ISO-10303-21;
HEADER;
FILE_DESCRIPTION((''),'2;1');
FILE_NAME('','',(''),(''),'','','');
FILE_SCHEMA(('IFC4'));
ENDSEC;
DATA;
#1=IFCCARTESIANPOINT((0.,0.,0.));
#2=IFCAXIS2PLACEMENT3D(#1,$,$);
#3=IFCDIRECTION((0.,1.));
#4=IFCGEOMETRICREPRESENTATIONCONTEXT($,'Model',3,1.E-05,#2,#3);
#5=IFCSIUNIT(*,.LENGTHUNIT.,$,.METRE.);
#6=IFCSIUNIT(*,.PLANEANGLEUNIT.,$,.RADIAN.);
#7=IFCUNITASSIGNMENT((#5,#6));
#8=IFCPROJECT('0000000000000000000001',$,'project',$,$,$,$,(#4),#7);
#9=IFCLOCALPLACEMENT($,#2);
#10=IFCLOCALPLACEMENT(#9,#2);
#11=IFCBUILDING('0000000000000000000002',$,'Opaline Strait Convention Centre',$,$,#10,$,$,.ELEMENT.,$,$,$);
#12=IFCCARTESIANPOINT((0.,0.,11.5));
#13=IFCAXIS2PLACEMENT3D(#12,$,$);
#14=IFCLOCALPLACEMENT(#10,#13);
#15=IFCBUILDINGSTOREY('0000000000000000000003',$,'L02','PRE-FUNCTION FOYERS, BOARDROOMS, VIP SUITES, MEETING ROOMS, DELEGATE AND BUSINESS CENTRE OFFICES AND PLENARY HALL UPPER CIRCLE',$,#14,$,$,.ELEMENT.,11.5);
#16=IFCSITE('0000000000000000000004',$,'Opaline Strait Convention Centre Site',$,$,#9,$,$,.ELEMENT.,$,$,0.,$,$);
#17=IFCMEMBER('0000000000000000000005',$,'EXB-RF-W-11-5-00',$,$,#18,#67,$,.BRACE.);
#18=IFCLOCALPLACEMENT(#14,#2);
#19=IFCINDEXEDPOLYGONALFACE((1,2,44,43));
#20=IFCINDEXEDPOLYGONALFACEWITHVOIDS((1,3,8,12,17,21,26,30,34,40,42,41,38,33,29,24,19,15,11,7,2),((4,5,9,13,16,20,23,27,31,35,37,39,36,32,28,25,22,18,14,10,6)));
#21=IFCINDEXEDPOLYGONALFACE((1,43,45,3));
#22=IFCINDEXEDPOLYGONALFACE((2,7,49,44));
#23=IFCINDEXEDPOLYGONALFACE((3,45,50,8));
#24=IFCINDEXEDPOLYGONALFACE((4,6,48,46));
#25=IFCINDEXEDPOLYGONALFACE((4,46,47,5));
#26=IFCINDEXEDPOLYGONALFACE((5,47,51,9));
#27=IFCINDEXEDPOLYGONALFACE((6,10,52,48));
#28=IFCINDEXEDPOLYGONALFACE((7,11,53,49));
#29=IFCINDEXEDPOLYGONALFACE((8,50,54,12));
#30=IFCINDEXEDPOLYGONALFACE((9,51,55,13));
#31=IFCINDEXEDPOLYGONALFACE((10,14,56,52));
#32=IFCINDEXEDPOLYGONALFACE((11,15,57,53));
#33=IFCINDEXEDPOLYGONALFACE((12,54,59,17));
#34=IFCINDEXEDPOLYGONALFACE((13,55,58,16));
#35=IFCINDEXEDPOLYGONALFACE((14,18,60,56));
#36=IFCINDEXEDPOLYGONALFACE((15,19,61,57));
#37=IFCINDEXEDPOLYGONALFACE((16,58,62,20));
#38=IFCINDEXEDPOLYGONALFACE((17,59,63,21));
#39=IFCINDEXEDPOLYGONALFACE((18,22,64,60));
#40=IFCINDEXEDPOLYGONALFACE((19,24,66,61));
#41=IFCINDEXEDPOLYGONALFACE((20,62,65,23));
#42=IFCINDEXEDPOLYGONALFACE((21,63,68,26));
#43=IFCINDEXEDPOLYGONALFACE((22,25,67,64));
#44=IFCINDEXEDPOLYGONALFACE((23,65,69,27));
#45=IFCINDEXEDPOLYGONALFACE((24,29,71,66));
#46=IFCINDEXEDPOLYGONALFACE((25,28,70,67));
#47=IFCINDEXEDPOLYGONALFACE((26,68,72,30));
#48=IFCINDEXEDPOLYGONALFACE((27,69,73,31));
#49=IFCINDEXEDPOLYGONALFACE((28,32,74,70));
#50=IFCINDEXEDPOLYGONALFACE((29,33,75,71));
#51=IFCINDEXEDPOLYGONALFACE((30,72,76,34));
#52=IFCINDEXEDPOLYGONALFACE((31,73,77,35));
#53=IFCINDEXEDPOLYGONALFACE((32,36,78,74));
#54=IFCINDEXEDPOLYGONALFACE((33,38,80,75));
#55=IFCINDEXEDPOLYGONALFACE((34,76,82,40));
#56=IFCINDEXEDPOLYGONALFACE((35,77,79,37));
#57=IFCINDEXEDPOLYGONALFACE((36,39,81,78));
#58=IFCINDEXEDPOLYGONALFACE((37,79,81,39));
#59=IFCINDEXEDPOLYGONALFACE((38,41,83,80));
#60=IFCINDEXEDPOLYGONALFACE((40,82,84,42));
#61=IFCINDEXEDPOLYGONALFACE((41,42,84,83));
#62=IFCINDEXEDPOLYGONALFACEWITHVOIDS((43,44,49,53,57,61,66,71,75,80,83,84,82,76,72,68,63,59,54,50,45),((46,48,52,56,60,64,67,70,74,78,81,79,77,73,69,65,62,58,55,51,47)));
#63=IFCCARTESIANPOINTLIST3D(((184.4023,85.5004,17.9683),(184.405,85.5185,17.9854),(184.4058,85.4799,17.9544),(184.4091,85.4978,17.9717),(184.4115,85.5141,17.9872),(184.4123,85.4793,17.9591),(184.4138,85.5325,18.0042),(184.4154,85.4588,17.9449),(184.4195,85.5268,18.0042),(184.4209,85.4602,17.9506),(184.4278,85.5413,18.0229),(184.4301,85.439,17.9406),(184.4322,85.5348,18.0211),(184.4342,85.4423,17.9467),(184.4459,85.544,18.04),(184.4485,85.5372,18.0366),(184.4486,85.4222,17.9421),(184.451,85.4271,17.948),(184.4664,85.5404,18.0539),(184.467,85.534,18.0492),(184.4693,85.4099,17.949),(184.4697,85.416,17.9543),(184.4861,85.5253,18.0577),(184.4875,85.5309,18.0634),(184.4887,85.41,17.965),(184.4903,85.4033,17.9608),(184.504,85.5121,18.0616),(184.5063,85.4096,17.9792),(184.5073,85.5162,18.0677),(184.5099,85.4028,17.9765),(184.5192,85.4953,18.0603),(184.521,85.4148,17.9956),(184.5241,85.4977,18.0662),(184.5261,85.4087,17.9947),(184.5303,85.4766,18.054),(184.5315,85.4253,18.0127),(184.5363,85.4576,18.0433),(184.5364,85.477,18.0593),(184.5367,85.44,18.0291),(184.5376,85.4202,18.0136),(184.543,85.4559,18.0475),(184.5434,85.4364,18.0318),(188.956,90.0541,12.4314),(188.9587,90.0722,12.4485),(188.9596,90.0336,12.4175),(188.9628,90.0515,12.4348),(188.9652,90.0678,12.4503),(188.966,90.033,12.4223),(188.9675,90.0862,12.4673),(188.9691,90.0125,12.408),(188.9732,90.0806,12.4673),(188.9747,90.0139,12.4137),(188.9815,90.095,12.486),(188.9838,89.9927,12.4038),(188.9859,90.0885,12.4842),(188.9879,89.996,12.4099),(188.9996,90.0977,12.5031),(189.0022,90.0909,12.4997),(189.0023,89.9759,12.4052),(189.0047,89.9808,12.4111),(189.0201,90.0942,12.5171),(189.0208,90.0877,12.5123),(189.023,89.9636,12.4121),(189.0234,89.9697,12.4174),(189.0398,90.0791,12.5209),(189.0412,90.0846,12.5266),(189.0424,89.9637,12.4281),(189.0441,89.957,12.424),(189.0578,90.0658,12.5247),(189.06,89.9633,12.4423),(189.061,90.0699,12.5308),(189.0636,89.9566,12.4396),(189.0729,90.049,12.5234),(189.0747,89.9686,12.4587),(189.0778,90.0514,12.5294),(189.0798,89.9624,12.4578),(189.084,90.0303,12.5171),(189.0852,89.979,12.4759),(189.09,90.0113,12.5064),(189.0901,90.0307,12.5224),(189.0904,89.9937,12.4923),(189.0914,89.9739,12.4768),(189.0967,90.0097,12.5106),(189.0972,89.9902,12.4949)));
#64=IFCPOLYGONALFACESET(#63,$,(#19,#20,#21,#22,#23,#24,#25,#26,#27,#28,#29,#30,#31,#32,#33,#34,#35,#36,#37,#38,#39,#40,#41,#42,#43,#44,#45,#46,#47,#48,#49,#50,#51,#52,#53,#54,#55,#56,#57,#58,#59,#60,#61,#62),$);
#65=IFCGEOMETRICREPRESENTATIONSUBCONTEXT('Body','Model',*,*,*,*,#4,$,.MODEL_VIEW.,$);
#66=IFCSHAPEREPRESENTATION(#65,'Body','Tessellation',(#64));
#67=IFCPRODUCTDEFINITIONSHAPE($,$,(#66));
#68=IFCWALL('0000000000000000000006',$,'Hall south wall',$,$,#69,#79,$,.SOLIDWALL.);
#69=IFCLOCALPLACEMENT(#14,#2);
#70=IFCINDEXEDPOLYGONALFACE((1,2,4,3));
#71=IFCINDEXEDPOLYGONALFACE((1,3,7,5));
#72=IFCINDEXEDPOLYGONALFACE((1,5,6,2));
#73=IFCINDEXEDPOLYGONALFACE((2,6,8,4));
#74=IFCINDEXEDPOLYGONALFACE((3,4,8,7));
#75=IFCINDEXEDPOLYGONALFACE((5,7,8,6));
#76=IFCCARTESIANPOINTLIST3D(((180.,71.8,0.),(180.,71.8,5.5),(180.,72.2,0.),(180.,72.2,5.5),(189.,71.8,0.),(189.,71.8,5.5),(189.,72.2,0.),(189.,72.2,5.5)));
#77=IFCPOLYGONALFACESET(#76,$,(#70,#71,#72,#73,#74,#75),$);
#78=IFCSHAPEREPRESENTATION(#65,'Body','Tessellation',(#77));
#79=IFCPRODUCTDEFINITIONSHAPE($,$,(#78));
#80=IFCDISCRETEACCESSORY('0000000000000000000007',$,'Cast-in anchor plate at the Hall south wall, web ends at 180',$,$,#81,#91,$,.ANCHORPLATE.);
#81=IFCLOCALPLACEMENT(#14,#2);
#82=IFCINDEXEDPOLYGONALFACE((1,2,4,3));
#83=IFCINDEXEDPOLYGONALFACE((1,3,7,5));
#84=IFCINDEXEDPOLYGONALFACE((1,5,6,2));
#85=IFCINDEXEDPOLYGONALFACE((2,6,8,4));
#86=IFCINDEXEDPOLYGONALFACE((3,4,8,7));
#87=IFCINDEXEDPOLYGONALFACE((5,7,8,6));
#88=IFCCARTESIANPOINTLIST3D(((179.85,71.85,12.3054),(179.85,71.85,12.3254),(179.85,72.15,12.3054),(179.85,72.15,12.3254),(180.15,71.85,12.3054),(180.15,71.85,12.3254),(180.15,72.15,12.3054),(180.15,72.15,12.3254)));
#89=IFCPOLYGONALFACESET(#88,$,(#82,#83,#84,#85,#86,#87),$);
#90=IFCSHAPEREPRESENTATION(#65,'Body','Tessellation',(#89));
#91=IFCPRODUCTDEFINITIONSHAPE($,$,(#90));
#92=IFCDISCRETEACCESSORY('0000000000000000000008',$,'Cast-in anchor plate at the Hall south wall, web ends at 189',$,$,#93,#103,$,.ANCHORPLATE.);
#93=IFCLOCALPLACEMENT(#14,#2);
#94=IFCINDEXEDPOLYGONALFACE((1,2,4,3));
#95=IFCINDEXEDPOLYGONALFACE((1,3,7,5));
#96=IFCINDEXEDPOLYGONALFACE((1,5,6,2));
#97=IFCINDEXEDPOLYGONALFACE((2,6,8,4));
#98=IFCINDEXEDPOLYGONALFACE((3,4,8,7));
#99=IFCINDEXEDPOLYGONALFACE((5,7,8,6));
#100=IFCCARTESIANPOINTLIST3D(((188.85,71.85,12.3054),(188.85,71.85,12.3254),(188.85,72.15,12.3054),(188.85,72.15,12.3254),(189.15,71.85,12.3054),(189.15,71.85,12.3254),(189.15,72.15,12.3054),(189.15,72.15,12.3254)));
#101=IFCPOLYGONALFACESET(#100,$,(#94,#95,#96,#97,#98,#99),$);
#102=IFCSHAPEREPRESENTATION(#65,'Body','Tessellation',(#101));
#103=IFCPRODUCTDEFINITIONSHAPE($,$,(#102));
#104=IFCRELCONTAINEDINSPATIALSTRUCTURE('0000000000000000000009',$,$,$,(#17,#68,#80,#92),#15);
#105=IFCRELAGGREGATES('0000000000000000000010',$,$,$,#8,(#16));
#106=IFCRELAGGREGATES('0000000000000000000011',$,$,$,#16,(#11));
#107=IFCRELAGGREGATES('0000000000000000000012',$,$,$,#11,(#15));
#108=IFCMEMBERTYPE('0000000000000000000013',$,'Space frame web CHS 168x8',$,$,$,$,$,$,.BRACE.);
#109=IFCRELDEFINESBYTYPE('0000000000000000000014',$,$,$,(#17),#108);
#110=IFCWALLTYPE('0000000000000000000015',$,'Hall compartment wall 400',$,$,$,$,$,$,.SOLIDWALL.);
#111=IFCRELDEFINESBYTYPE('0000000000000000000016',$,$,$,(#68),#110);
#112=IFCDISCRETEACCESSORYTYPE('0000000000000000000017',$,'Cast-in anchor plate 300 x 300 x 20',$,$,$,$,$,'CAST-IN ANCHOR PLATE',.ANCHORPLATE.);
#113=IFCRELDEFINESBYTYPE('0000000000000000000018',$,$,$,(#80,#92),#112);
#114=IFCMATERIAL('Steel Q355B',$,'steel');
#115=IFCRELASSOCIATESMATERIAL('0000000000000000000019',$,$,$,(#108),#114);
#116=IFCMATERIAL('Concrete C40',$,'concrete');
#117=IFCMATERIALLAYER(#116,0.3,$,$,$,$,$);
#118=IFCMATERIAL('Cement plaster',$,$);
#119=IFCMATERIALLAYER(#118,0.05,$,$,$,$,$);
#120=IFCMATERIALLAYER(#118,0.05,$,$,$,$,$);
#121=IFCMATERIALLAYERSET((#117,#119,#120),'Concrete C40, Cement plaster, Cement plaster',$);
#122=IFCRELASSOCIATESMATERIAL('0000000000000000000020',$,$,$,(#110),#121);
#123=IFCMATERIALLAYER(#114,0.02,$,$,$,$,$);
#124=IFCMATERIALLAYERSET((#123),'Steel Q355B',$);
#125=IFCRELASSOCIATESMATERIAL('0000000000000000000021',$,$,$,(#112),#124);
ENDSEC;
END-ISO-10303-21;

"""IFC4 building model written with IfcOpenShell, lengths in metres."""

from ifc_helpers import new_model, si_unit, direction, frame, frame_2d, origin, origin_2d, place, context, subcontext, project, spatial, rectangle, hollow_circle, extrude, material, layer, layer_set, material_profile, profile_set, type_object, element, save


model = new_model("IFC4")

# Units and contexts
model_context = context("Model", 3, precision=1e-05, world=origin(), true_north=direction((0.0, 1.0)))
body_context = subcontext(model_context, "Body", "Model", "MODEL_VIEW")
ifc_project = project(units=[si_unit("LENGTHUNIT", "METRE"), si_unit("PLANEANGLEUNIT", "RADIAN")], contexts=[model_context])

# Site, building, storey
site_placement = place(None, origin())
site = spatial("IfcSite", under=ifc_project, at=site_placement, Name="Opaline Strait Convention Centre Site", CompositionType="ELEMENT", RefElevation=0.0)
building_placement = place(site_placement, origin())
building = spatial("IfcBuilding", under=site, at=building_placement, Name="Opaline Strait Convention Centre", CompositionType="ELEMENT")
storey_placement = place(building_placement, frame((0.0, 0.0, 11.5)))
storey = spatial("IfcBuildingStorey", under=building, at=storey_placement, Name="L02", Description="PRE-FUNCTION FOYERS, BOARDROOMS, VIP SUITES, MEETING ROOMS, DELEGATE AND BUSINESS CENTRE OFFICES AND PLENARY HALL UPPER CIRCLE", CompositionType="ELEMENT", Elevation=11.5)

# Member
ifc_material_1 = material(Name="Steel Q355B", Category="steel")
ifc_material_profile_1 = material_profile(ifc_material_1, hollow_circle(Radius=0.084, WallThickness=0.0081, at=origin_2d()), Name="CHS 168x8")
ifc_profile_set_1 = profile_set([ifc_material_profile_1], Name="Steel Q355B")
member_type_1 = type_object("IfcMemberType", Name="Space frame web CHS 168x8", PredefinedType="BRACE", material=ifc_profile_set_1)
for number, where, z_axis, x_axis, name in (
    (1, (184.4731, 85.4731, 18.0042), (0.536178, 0.536178, -0.65194), (-0.707107, 0.707107, 0.0), "EXB-RF-W-11-5-00"),
):
    element("IfcMember", number, at=place(storey_placement, frame(where, z_axis=z_axis, x_axis=x_axis)), inside=storey, type_object=member_type_1, Name=name, PredefinedType="BRACE", context=body_context, shape_type="SweptSolid", body=[
        extrude(hollow_circle(Radius=0.084, WallThickness=0.0081, at=origin_2d()), origin(), (0.0, 0.0, 1.0), 8.4929),
    ])

# Wall
ifc_material_2 = material(Name="Concrete C40", Category="concrete")
ifc_layer_1 = layer(ifc_material_2, 0.3)
ifc_material_3 = material(Name="Cement plaster")
ifc_layer_2 = layer(ifc_material_3, 0.05)
ifc_layer_3 = layer(ifc_material_3, 0.05)
ifc_layer_set_1 = layer_set([ifc_layer_1, ifc_layer_2, ifc_layer_3], Name="Concrete C40, Cement plaster, Cement plaster")
wall_type = type_object("IfcWallType", Name="Hall compartment wall 400", PredefinedType="SOLIDWALL", material=ifc_layer_set_1)
wall_placement = place(storey_placement, frame((180.0, 72.0, 0.0), z_axis=(0.0, 0.0, 1.0), x_axis=(1.0, 0.0, 0.0)))
element("IfcWall", 2, at=wall_placement, inside=storey, type_object=wall_type, Name="Hall south wall", PredefinedType="SOLIDWALL", context=body_context, shape_type="SweptSolid", body=[
    extrude(rectangle(XDim=9.0, YDim=0.3999, at=frame_2d((4.5, 0.0))), origin(), (0.0, 0.0, 1.0), 5.5),
])

# Discrete accessories
ifc_layer_4 = layer(ifc_material_1, 0.02)
ifc_layer_set_2 = layer_set([ifc_layer_4], Name="Steel Q355B")
discrete_accessory_type = type_object("IfcDiscreteAccessoryType", Name="Cast-in anchor plate 300 x 300 x 20", ElementType="CAST-IN ANCHOR PLATE", PredefinedType="ANCHORPLATE", material=ifc_layer_set_2)
for number, where, z_axis, x_axis, name in (
    (3, (180.0, 72.0, 12.3054), (0.0, 0.0, 1.0), (1.0, 0.0, 0.0), "Cast-in anchor plate at the Hall south wall, web ends at 180"),
    (4, (189.0, 72.0, 12.3054), (0.0, 0.0, 1.0), (1.0, 0.0, 0.0), "Cast-in anchor plate at the Hall south wall, web ends at 189"),
):
    element("IfcDiscreteAccessory", number, at=place(storey_placement, frame(where, z_axis=z_axis, x_axis=x_axis)), inside=storey, type_object=discrete_accessory_type, Name=name, PredefinedType="ANCHORPLATE", context=body_context, shape_type="SweptSolid", body=[
        extrude(rectangle(XDim=0.3, YDim=0.3, at=origin_2d()), origin(), (0.0, 0.0, 1.0), 0.02),
    ])

save(model, "model.ifc")
